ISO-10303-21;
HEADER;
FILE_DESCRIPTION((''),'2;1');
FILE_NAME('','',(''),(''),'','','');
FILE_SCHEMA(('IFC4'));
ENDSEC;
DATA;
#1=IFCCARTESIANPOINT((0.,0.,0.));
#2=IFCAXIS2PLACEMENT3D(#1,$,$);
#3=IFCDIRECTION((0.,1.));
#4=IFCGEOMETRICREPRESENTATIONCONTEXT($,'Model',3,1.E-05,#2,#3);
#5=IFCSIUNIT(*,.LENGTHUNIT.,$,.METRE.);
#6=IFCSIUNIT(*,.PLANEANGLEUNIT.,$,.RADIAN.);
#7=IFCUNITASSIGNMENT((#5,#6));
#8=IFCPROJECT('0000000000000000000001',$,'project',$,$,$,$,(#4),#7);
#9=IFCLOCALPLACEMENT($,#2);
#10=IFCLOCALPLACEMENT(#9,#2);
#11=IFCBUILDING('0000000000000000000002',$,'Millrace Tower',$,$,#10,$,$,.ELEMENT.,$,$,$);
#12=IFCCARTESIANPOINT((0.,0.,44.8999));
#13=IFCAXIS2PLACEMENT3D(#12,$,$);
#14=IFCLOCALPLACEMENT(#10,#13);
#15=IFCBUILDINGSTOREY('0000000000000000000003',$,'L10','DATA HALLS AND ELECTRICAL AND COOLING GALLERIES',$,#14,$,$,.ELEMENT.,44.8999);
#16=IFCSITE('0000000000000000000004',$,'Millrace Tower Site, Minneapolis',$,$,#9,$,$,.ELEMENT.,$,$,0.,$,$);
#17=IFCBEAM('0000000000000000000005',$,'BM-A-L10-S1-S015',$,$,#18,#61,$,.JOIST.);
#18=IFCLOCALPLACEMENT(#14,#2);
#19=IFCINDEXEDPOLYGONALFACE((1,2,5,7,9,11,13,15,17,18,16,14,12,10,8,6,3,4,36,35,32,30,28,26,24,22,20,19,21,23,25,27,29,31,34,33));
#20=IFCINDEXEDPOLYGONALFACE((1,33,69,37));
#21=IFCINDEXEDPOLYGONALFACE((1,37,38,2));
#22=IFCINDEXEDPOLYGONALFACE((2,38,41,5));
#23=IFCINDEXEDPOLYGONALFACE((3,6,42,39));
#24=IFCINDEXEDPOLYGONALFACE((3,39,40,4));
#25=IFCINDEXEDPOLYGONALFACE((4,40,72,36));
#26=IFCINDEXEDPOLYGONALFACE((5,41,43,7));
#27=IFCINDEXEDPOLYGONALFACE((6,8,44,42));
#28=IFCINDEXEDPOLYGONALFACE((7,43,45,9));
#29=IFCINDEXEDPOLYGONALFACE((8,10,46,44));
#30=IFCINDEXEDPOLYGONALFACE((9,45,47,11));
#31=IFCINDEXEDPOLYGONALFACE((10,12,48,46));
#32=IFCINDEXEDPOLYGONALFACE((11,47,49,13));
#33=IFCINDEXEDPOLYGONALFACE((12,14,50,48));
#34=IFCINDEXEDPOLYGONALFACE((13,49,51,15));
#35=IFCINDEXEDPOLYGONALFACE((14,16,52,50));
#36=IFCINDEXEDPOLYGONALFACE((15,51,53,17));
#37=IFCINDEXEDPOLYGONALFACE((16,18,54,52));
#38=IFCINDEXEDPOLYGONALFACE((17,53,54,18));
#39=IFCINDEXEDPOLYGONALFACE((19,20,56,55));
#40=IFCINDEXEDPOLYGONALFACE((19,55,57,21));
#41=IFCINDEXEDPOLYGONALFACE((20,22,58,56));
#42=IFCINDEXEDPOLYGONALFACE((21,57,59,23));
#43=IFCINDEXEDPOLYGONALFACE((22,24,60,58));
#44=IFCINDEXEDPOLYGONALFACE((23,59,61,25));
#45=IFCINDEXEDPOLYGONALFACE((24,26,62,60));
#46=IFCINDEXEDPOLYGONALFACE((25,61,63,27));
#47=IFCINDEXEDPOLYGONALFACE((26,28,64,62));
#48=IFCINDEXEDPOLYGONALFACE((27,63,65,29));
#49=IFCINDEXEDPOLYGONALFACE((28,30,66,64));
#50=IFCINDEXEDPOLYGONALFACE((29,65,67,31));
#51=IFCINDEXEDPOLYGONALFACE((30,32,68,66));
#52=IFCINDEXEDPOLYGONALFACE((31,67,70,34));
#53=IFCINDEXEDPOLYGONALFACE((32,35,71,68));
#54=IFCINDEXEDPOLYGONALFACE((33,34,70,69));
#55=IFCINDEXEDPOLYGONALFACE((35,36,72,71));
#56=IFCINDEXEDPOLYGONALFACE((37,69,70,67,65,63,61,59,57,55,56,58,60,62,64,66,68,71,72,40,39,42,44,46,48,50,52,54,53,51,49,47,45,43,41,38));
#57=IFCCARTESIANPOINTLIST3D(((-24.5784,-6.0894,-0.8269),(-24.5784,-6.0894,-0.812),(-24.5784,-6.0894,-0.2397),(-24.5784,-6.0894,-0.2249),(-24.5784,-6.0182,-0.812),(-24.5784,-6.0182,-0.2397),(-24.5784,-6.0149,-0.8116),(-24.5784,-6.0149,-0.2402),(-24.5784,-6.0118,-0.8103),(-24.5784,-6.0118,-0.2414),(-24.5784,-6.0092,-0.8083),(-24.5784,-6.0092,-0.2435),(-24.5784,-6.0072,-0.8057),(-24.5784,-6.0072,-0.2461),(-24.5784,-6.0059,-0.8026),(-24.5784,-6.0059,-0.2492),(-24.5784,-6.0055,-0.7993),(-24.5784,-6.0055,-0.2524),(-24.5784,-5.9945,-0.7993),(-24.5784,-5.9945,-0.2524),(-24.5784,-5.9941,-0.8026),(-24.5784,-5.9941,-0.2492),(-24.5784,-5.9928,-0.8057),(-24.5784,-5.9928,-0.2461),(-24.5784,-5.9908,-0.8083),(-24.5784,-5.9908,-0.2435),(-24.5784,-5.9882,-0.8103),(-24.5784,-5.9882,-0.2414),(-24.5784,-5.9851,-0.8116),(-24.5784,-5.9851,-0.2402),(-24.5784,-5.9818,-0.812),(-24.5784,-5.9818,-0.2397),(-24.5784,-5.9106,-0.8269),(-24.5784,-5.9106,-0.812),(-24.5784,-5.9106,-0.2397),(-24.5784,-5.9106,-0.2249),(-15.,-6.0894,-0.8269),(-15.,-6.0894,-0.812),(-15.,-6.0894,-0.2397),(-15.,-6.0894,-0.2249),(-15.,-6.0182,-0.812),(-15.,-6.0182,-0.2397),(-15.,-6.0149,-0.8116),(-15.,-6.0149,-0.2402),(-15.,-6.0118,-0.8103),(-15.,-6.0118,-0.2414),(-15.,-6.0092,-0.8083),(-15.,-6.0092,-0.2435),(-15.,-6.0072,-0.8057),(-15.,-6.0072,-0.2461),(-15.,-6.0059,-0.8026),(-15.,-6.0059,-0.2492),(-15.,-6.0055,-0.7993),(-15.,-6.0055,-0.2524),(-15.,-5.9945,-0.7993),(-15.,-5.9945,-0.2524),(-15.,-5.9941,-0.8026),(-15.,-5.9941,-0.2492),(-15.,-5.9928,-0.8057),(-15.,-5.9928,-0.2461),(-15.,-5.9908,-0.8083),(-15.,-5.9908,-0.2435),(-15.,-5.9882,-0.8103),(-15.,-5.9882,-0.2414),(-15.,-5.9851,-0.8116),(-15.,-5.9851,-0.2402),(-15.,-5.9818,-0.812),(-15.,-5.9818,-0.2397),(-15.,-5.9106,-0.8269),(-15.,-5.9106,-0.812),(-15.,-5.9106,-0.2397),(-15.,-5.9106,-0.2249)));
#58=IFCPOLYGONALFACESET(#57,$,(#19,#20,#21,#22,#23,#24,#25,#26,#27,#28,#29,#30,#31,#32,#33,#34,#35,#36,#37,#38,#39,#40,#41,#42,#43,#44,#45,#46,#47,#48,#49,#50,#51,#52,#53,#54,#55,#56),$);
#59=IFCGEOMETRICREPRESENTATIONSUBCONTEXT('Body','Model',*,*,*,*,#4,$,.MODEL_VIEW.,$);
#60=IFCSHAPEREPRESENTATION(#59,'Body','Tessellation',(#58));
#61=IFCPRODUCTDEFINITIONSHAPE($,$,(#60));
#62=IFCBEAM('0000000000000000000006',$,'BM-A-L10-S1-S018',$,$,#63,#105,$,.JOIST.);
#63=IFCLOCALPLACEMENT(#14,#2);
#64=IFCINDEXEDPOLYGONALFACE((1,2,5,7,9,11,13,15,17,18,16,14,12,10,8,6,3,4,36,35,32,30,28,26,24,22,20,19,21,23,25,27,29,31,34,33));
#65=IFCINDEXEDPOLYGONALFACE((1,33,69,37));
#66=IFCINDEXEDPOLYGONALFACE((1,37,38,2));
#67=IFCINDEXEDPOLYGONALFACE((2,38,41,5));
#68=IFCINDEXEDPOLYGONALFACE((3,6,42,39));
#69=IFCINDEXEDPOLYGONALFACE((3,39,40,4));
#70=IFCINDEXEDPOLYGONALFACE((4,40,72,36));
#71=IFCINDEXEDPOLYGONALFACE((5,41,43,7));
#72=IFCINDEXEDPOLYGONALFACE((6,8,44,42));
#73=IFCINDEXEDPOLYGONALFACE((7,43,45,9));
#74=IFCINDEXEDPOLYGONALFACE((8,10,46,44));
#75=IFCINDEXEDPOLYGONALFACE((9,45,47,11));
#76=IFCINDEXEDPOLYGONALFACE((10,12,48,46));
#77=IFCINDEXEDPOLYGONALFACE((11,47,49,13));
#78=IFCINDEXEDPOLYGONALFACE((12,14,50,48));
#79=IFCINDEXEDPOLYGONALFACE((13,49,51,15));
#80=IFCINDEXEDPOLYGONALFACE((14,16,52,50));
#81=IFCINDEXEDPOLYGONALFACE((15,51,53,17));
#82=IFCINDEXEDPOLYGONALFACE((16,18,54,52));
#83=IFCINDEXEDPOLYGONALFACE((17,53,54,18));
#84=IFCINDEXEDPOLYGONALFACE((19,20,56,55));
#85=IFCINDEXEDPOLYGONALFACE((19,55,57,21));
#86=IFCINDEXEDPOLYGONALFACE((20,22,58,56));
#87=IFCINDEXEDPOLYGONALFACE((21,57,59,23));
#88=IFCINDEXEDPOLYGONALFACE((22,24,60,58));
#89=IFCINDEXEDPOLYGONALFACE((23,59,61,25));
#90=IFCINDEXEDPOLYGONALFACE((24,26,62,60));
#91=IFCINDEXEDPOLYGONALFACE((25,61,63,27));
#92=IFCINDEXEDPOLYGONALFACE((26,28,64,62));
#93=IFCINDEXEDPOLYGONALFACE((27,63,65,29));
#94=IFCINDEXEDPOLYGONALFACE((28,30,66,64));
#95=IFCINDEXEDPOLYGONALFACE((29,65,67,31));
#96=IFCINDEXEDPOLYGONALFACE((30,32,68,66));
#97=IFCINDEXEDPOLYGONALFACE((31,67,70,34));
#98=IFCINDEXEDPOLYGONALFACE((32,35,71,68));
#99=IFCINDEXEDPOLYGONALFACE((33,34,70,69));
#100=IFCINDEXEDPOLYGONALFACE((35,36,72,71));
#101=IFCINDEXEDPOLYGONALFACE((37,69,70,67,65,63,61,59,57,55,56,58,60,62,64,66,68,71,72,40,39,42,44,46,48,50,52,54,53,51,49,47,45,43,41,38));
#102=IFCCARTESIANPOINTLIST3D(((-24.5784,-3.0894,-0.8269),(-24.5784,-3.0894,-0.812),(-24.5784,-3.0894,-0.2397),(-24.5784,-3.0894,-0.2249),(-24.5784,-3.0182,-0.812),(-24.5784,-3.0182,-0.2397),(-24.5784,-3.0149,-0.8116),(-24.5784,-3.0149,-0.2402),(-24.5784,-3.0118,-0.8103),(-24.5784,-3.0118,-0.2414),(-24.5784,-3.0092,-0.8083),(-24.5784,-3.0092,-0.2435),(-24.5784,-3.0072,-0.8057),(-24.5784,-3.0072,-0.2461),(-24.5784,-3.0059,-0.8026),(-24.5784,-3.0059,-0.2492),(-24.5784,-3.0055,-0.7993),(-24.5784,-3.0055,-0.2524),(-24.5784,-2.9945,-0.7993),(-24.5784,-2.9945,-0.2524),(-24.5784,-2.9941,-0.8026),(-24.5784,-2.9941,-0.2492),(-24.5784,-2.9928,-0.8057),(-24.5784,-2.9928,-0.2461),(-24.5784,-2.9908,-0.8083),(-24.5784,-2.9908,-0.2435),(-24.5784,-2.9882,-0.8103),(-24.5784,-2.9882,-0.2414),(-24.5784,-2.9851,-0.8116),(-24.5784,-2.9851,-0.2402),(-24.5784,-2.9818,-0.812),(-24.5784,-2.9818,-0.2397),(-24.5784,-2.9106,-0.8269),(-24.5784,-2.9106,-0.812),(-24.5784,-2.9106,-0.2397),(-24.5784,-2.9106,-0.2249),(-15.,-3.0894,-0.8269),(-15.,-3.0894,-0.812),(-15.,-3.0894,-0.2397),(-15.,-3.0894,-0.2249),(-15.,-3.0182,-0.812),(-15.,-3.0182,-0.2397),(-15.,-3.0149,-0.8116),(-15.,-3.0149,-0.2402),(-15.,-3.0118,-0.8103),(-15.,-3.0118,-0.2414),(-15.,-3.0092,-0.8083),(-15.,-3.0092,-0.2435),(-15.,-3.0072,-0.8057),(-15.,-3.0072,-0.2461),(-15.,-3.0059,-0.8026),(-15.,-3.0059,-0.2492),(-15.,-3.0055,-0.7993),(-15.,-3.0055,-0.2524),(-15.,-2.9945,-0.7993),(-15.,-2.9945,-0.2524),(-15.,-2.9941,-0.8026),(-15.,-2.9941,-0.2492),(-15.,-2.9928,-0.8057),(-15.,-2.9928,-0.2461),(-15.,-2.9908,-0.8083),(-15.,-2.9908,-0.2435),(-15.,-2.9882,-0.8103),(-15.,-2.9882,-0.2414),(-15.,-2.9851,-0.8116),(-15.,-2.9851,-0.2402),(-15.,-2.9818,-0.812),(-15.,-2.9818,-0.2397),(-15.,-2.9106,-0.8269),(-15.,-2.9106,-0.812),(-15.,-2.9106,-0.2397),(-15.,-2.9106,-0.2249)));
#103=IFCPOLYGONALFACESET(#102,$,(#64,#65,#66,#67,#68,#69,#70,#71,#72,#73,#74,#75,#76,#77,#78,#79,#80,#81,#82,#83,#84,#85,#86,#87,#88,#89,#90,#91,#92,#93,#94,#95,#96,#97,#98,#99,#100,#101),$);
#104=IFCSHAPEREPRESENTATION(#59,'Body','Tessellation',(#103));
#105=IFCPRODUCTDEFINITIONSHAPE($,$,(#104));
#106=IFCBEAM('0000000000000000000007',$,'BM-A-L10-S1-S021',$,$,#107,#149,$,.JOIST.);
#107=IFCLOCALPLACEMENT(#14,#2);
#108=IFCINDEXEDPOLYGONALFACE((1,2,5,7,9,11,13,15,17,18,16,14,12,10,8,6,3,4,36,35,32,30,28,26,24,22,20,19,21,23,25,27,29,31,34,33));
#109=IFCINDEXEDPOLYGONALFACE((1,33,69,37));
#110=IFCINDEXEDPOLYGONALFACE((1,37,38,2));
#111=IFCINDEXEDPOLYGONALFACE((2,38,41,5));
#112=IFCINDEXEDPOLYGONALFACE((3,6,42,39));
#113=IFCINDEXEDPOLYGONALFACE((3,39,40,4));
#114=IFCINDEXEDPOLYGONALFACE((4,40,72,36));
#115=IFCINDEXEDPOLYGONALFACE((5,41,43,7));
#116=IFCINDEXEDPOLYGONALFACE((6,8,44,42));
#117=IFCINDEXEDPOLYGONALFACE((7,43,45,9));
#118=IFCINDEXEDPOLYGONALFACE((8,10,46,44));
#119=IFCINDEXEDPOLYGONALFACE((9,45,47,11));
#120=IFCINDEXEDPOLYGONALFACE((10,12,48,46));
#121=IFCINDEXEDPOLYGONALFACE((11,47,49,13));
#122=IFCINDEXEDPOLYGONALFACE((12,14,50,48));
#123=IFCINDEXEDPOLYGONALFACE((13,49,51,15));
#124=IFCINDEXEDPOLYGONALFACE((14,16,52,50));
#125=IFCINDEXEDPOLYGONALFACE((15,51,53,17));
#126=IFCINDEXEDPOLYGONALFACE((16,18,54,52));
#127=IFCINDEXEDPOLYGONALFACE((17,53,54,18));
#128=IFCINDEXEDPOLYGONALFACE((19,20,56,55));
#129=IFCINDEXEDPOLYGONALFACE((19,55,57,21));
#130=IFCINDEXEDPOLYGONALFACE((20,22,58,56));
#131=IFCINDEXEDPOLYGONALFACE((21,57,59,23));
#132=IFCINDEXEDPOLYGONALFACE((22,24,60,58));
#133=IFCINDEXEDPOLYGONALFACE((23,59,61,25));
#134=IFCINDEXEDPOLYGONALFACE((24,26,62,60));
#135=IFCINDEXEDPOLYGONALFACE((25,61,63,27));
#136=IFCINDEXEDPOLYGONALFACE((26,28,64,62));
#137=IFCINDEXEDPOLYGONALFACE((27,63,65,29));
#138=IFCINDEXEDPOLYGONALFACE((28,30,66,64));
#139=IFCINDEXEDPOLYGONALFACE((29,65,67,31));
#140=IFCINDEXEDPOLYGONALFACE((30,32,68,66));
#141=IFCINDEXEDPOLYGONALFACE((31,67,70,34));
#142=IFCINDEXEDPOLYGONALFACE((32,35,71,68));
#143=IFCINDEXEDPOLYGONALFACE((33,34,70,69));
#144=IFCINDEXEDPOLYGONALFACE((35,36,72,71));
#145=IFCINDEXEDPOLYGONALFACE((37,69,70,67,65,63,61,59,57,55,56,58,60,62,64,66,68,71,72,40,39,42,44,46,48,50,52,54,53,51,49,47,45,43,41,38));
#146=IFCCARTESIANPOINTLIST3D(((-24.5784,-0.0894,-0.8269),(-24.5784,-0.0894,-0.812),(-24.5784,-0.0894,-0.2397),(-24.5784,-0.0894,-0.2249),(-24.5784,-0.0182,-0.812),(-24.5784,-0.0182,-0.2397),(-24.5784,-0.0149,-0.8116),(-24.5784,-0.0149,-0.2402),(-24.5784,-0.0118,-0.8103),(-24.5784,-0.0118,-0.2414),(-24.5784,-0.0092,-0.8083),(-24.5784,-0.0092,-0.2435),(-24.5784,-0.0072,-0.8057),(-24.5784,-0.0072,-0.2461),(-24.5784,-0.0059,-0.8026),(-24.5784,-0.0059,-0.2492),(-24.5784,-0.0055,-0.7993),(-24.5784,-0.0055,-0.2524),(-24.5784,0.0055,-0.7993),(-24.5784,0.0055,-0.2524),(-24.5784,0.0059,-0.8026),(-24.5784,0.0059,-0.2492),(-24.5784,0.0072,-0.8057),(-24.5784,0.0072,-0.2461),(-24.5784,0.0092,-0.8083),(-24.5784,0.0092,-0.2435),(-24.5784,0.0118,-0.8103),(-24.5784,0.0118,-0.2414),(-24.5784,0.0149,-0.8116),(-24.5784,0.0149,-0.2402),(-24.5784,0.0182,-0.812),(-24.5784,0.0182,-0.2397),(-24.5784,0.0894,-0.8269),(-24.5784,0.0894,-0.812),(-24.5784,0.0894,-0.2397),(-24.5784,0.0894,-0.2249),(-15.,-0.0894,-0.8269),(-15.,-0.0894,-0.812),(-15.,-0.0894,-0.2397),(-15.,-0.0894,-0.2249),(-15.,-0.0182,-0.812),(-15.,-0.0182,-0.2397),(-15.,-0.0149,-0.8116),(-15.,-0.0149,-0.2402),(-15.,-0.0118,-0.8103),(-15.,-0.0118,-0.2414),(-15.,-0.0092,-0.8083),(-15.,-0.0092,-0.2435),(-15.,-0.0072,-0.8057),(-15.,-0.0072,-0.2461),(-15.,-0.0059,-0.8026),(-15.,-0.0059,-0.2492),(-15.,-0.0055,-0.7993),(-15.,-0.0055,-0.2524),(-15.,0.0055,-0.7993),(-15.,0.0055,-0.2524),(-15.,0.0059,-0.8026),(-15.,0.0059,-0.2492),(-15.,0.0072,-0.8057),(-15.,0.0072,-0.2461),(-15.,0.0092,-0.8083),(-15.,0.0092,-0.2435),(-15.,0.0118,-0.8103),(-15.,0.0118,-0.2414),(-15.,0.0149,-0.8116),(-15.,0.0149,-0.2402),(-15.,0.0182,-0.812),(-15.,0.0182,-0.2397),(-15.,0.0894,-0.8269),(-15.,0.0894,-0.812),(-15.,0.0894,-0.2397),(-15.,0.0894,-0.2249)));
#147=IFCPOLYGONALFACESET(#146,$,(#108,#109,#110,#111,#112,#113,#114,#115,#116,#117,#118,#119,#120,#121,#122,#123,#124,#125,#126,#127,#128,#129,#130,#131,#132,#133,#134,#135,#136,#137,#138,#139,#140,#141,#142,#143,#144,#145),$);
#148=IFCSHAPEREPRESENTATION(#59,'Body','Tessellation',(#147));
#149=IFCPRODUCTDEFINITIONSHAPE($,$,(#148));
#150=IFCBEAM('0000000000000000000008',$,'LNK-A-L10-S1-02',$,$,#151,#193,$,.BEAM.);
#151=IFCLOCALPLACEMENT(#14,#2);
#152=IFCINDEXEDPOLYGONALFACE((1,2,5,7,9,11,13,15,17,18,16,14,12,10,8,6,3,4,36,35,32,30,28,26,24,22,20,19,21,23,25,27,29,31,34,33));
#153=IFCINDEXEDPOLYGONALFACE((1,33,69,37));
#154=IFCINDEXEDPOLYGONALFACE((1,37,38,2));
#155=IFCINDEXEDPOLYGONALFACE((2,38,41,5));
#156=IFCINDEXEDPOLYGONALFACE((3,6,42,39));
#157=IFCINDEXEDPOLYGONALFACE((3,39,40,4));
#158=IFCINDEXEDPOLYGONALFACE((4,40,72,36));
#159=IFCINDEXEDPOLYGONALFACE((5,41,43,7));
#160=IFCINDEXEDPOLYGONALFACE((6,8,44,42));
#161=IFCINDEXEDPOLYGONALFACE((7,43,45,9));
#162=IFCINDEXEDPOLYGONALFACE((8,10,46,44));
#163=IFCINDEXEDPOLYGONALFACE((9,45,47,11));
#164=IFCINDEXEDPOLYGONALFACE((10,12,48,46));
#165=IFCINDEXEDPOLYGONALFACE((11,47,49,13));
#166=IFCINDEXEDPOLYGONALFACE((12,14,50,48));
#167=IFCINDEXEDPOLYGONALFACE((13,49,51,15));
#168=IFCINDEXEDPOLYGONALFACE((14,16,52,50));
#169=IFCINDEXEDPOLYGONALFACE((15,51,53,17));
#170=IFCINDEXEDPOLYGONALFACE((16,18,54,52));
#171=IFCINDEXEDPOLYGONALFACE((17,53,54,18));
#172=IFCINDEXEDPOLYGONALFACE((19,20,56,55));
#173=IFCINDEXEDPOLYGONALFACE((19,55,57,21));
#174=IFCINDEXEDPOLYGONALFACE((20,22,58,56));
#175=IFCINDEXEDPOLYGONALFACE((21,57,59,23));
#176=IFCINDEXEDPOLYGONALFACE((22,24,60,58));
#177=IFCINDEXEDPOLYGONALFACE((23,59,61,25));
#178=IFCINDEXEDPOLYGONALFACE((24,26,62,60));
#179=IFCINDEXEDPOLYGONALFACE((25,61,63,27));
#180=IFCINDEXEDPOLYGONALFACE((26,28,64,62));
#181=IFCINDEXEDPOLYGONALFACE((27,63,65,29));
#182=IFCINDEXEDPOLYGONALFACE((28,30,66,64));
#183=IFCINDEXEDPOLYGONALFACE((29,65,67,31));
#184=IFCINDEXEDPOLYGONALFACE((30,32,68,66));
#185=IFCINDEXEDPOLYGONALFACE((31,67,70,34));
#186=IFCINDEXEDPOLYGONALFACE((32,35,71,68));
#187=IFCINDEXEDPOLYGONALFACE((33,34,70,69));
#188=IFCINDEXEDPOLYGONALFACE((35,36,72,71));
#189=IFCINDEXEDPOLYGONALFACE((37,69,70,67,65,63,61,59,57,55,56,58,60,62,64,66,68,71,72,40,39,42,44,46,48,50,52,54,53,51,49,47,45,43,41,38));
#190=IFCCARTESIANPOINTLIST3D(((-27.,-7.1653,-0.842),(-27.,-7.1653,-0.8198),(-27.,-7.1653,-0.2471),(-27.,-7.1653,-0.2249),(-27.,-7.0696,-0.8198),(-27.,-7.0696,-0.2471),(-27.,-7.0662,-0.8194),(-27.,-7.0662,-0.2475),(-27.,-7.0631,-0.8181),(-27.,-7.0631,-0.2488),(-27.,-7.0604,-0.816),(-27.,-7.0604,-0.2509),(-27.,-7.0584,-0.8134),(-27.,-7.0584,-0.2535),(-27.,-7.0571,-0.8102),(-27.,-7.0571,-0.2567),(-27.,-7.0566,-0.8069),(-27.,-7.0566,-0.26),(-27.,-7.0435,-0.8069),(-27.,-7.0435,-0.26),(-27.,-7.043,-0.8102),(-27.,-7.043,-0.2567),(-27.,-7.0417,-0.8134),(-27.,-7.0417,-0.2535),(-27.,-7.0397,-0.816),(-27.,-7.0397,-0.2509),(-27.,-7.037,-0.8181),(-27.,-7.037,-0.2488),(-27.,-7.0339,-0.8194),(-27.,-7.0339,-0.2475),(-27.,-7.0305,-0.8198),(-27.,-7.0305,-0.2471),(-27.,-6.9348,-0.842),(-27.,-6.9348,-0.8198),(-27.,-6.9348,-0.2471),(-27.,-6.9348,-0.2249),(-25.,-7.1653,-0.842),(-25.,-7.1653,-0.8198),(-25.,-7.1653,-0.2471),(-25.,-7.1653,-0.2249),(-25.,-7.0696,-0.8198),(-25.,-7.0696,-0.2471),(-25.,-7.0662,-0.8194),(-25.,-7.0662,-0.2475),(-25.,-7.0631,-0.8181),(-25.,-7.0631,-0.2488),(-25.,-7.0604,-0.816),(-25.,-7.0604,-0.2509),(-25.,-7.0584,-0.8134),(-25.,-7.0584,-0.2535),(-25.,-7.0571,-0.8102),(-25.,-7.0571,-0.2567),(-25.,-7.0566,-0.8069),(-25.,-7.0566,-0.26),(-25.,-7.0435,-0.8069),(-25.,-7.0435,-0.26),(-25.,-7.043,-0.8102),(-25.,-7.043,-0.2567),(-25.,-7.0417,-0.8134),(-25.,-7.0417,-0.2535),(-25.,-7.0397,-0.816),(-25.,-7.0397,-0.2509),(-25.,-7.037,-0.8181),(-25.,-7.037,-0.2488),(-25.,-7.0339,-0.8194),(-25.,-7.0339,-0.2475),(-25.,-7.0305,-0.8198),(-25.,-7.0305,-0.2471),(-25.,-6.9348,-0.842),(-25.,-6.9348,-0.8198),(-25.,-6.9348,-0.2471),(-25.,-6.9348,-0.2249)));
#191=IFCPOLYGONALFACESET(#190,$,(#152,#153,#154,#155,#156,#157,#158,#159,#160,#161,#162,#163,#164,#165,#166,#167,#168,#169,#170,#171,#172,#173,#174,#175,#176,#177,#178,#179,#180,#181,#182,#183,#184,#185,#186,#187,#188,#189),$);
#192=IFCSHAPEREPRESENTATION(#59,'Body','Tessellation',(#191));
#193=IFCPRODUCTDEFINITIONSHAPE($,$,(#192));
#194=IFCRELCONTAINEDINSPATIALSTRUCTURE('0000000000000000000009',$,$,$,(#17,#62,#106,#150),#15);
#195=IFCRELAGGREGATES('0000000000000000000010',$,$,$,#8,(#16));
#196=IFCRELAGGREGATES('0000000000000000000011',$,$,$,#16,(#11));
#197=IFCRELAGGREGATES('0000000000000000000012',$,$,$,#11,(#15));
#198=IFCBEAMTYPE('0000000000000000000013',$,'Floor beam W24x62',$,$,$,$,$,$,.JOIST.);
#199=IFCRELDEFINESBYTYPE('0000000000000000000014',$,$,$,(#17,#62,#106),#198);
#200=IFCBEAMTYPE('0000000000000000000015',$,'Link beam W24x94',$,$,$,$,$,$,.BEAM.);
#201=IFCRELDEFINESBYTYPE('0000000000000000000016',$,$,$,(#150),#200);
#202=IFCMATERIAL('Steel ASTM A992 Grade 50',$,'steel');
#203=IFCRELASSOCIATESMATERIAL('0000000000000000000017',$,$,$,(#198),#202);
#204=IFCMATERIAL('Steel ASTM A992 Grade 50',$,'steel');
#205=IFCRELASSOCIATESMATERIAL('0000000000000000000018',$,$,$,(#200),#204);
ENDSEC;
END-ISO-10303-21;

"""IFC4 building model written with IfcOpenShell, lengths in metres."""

from ifc_helpers import new_model, si_unit, direction, frame, origin, origin_2d, place, context, subcontext, project, spatial, i_section, extrude, material, material_profile, profile_set, type_object, element, save


model = new_model("IFC4")

# Units and contexts
model_context = context("Model", 3, precision=1e-05, world=origin(), true_north=direction((0.0, 1.0)))
body_context = subcontext(model_context, "Body", "Model", "MODEL_VIEW")
ifc_project = project(units=[si_unit("LENGTHUNIT", "METRE"), si_unit("PLANEANGLEUNIT", "RADIAN")], contexts=[model_context])

# Site, building, storey
site_placement = place(None, origin())
site = spatial("IfcSite", under=ifc_project, at=site_placement, Name="Millrace Tower Site, Minneapolis", CompositionType="ELEMENT", RefElevation=0.0)
building_placement = place(site_placement, origin())
building = spatial("IfcBuilding", under=site, at=building_placement, Name="Millrace Tower", CompositionType="ELEMENT")
storey_placement = place(building_placement, frame((0.0, 0.0, 44.8999)))
storey = spatial("IfcBuildingStorey", under=building, at=storey_placement, Name="L10", Description="DATA HALLS AND ELECTRICAL AND COOLING GALLERIES", CompositionType="ELEMENT", Elevation=44.8999)

# Beams
ifc_material_1 = material(Name="Steel ASTM A992 Grade 50", Category="steel")
ifc_material_profile_1 = material_profile(ifc_material_1, i_section(OverallWidth=0.1787, OverallDepth=0.6021, WebThickness=0.011, FlangeThickness=0.0149, FilletRadius=0.0127, at=origin_2d()))
ifc_profile_set_1 = profile_set([ifc_material_profile_1], Name="Steel ASTM A992 Grade 50")
beam_type_1 = type_object("IfcBeamType", Name="Floor beam W24x62", PredefinedType="JOIST", material=ifc_profile_set_1)
for number, where, z_axis, x_axis, name in (
    (1, (-24.5784, -6.0, -0.5259), (1.0, 0.0, 0.0), (0.0, 1.0, 0.0), "BM-A-L10-S1-S015"),
    (2, (-24.5784, -3.0, -0.5259), (1.0, 0.0, 0.0), (0.0, 1.0, 0.0), "BM-A-L10-S1-S018"),
    (3, (-24.5784, 0.0, -0.5259), (1.0, 0.0, 0.0), (0.0, 1.0, 0.0), "BM-A-L10-S1-S021"),
):
    element("IfcBeam", number, at=place(storey_placement, frame(where, z_axis=z_axis, x_axis=x_axis)), inside=storey, type_object=beam_type_1, Name=name, PredefinedType="JOIST", context=body_context, shape_type="SweptSolid", body=[
        extrude(i_section(OverallWidth=0.1787, OverallDepth=0.6021, WebThickness=0.011, FlangeThickness=0.0149, FilletRadius=0.0127, at=origin_2d()), origin(), (0.0, 0.0, 1.0), 9.5784),
    ])
ifc_material_2 = material(Name="Steel ASTM A992 Grade 50", Category="steel")
ifc_material_profile_2 = material_profile(ifc_material_2, i_section(OverallWidth=0.2305, OverallDepth=0.6172, WebThickness=0.0132, FlangeThickness=0.0222, FilletRadius=0.0129, at=origin_2d()))
ifc_profile_set_2 = profile_set([ifc_material_profile_2], Name="Steel ASTM A992 Grade 50")
beam_type_2 = type_object("IfcBeamType", Name="Link beam W24x94", PredefinedType="BEAM", material=ifc_profile_set_2)
beam_1_placement = place(storey_placement, frame((-25.0, -7.05, -0.5334), z_axis=(-1.0, 0.0, 0.0), x_axis=(0.0, -1.0, 0.0)))
element("IfcBeam", 4, at=beam_1_placement, inside=storey, type_object=beam_type_2, Name="LNK-A-L10-S1-02", PredefinedType="BEAM", context=body_context, shape_type="SweptSolid", body=[
    extrude(i_section(OverallWidth=0.2305, OverallDepth=0.6172, WebThickness=0.0132, FlangeThickness=0.0222, FilletRadius=0.0129, at=origin_2d()), origin(), (0.0, 0.0, 1.0), 2.0),
])

save(model, "model.ifc")
